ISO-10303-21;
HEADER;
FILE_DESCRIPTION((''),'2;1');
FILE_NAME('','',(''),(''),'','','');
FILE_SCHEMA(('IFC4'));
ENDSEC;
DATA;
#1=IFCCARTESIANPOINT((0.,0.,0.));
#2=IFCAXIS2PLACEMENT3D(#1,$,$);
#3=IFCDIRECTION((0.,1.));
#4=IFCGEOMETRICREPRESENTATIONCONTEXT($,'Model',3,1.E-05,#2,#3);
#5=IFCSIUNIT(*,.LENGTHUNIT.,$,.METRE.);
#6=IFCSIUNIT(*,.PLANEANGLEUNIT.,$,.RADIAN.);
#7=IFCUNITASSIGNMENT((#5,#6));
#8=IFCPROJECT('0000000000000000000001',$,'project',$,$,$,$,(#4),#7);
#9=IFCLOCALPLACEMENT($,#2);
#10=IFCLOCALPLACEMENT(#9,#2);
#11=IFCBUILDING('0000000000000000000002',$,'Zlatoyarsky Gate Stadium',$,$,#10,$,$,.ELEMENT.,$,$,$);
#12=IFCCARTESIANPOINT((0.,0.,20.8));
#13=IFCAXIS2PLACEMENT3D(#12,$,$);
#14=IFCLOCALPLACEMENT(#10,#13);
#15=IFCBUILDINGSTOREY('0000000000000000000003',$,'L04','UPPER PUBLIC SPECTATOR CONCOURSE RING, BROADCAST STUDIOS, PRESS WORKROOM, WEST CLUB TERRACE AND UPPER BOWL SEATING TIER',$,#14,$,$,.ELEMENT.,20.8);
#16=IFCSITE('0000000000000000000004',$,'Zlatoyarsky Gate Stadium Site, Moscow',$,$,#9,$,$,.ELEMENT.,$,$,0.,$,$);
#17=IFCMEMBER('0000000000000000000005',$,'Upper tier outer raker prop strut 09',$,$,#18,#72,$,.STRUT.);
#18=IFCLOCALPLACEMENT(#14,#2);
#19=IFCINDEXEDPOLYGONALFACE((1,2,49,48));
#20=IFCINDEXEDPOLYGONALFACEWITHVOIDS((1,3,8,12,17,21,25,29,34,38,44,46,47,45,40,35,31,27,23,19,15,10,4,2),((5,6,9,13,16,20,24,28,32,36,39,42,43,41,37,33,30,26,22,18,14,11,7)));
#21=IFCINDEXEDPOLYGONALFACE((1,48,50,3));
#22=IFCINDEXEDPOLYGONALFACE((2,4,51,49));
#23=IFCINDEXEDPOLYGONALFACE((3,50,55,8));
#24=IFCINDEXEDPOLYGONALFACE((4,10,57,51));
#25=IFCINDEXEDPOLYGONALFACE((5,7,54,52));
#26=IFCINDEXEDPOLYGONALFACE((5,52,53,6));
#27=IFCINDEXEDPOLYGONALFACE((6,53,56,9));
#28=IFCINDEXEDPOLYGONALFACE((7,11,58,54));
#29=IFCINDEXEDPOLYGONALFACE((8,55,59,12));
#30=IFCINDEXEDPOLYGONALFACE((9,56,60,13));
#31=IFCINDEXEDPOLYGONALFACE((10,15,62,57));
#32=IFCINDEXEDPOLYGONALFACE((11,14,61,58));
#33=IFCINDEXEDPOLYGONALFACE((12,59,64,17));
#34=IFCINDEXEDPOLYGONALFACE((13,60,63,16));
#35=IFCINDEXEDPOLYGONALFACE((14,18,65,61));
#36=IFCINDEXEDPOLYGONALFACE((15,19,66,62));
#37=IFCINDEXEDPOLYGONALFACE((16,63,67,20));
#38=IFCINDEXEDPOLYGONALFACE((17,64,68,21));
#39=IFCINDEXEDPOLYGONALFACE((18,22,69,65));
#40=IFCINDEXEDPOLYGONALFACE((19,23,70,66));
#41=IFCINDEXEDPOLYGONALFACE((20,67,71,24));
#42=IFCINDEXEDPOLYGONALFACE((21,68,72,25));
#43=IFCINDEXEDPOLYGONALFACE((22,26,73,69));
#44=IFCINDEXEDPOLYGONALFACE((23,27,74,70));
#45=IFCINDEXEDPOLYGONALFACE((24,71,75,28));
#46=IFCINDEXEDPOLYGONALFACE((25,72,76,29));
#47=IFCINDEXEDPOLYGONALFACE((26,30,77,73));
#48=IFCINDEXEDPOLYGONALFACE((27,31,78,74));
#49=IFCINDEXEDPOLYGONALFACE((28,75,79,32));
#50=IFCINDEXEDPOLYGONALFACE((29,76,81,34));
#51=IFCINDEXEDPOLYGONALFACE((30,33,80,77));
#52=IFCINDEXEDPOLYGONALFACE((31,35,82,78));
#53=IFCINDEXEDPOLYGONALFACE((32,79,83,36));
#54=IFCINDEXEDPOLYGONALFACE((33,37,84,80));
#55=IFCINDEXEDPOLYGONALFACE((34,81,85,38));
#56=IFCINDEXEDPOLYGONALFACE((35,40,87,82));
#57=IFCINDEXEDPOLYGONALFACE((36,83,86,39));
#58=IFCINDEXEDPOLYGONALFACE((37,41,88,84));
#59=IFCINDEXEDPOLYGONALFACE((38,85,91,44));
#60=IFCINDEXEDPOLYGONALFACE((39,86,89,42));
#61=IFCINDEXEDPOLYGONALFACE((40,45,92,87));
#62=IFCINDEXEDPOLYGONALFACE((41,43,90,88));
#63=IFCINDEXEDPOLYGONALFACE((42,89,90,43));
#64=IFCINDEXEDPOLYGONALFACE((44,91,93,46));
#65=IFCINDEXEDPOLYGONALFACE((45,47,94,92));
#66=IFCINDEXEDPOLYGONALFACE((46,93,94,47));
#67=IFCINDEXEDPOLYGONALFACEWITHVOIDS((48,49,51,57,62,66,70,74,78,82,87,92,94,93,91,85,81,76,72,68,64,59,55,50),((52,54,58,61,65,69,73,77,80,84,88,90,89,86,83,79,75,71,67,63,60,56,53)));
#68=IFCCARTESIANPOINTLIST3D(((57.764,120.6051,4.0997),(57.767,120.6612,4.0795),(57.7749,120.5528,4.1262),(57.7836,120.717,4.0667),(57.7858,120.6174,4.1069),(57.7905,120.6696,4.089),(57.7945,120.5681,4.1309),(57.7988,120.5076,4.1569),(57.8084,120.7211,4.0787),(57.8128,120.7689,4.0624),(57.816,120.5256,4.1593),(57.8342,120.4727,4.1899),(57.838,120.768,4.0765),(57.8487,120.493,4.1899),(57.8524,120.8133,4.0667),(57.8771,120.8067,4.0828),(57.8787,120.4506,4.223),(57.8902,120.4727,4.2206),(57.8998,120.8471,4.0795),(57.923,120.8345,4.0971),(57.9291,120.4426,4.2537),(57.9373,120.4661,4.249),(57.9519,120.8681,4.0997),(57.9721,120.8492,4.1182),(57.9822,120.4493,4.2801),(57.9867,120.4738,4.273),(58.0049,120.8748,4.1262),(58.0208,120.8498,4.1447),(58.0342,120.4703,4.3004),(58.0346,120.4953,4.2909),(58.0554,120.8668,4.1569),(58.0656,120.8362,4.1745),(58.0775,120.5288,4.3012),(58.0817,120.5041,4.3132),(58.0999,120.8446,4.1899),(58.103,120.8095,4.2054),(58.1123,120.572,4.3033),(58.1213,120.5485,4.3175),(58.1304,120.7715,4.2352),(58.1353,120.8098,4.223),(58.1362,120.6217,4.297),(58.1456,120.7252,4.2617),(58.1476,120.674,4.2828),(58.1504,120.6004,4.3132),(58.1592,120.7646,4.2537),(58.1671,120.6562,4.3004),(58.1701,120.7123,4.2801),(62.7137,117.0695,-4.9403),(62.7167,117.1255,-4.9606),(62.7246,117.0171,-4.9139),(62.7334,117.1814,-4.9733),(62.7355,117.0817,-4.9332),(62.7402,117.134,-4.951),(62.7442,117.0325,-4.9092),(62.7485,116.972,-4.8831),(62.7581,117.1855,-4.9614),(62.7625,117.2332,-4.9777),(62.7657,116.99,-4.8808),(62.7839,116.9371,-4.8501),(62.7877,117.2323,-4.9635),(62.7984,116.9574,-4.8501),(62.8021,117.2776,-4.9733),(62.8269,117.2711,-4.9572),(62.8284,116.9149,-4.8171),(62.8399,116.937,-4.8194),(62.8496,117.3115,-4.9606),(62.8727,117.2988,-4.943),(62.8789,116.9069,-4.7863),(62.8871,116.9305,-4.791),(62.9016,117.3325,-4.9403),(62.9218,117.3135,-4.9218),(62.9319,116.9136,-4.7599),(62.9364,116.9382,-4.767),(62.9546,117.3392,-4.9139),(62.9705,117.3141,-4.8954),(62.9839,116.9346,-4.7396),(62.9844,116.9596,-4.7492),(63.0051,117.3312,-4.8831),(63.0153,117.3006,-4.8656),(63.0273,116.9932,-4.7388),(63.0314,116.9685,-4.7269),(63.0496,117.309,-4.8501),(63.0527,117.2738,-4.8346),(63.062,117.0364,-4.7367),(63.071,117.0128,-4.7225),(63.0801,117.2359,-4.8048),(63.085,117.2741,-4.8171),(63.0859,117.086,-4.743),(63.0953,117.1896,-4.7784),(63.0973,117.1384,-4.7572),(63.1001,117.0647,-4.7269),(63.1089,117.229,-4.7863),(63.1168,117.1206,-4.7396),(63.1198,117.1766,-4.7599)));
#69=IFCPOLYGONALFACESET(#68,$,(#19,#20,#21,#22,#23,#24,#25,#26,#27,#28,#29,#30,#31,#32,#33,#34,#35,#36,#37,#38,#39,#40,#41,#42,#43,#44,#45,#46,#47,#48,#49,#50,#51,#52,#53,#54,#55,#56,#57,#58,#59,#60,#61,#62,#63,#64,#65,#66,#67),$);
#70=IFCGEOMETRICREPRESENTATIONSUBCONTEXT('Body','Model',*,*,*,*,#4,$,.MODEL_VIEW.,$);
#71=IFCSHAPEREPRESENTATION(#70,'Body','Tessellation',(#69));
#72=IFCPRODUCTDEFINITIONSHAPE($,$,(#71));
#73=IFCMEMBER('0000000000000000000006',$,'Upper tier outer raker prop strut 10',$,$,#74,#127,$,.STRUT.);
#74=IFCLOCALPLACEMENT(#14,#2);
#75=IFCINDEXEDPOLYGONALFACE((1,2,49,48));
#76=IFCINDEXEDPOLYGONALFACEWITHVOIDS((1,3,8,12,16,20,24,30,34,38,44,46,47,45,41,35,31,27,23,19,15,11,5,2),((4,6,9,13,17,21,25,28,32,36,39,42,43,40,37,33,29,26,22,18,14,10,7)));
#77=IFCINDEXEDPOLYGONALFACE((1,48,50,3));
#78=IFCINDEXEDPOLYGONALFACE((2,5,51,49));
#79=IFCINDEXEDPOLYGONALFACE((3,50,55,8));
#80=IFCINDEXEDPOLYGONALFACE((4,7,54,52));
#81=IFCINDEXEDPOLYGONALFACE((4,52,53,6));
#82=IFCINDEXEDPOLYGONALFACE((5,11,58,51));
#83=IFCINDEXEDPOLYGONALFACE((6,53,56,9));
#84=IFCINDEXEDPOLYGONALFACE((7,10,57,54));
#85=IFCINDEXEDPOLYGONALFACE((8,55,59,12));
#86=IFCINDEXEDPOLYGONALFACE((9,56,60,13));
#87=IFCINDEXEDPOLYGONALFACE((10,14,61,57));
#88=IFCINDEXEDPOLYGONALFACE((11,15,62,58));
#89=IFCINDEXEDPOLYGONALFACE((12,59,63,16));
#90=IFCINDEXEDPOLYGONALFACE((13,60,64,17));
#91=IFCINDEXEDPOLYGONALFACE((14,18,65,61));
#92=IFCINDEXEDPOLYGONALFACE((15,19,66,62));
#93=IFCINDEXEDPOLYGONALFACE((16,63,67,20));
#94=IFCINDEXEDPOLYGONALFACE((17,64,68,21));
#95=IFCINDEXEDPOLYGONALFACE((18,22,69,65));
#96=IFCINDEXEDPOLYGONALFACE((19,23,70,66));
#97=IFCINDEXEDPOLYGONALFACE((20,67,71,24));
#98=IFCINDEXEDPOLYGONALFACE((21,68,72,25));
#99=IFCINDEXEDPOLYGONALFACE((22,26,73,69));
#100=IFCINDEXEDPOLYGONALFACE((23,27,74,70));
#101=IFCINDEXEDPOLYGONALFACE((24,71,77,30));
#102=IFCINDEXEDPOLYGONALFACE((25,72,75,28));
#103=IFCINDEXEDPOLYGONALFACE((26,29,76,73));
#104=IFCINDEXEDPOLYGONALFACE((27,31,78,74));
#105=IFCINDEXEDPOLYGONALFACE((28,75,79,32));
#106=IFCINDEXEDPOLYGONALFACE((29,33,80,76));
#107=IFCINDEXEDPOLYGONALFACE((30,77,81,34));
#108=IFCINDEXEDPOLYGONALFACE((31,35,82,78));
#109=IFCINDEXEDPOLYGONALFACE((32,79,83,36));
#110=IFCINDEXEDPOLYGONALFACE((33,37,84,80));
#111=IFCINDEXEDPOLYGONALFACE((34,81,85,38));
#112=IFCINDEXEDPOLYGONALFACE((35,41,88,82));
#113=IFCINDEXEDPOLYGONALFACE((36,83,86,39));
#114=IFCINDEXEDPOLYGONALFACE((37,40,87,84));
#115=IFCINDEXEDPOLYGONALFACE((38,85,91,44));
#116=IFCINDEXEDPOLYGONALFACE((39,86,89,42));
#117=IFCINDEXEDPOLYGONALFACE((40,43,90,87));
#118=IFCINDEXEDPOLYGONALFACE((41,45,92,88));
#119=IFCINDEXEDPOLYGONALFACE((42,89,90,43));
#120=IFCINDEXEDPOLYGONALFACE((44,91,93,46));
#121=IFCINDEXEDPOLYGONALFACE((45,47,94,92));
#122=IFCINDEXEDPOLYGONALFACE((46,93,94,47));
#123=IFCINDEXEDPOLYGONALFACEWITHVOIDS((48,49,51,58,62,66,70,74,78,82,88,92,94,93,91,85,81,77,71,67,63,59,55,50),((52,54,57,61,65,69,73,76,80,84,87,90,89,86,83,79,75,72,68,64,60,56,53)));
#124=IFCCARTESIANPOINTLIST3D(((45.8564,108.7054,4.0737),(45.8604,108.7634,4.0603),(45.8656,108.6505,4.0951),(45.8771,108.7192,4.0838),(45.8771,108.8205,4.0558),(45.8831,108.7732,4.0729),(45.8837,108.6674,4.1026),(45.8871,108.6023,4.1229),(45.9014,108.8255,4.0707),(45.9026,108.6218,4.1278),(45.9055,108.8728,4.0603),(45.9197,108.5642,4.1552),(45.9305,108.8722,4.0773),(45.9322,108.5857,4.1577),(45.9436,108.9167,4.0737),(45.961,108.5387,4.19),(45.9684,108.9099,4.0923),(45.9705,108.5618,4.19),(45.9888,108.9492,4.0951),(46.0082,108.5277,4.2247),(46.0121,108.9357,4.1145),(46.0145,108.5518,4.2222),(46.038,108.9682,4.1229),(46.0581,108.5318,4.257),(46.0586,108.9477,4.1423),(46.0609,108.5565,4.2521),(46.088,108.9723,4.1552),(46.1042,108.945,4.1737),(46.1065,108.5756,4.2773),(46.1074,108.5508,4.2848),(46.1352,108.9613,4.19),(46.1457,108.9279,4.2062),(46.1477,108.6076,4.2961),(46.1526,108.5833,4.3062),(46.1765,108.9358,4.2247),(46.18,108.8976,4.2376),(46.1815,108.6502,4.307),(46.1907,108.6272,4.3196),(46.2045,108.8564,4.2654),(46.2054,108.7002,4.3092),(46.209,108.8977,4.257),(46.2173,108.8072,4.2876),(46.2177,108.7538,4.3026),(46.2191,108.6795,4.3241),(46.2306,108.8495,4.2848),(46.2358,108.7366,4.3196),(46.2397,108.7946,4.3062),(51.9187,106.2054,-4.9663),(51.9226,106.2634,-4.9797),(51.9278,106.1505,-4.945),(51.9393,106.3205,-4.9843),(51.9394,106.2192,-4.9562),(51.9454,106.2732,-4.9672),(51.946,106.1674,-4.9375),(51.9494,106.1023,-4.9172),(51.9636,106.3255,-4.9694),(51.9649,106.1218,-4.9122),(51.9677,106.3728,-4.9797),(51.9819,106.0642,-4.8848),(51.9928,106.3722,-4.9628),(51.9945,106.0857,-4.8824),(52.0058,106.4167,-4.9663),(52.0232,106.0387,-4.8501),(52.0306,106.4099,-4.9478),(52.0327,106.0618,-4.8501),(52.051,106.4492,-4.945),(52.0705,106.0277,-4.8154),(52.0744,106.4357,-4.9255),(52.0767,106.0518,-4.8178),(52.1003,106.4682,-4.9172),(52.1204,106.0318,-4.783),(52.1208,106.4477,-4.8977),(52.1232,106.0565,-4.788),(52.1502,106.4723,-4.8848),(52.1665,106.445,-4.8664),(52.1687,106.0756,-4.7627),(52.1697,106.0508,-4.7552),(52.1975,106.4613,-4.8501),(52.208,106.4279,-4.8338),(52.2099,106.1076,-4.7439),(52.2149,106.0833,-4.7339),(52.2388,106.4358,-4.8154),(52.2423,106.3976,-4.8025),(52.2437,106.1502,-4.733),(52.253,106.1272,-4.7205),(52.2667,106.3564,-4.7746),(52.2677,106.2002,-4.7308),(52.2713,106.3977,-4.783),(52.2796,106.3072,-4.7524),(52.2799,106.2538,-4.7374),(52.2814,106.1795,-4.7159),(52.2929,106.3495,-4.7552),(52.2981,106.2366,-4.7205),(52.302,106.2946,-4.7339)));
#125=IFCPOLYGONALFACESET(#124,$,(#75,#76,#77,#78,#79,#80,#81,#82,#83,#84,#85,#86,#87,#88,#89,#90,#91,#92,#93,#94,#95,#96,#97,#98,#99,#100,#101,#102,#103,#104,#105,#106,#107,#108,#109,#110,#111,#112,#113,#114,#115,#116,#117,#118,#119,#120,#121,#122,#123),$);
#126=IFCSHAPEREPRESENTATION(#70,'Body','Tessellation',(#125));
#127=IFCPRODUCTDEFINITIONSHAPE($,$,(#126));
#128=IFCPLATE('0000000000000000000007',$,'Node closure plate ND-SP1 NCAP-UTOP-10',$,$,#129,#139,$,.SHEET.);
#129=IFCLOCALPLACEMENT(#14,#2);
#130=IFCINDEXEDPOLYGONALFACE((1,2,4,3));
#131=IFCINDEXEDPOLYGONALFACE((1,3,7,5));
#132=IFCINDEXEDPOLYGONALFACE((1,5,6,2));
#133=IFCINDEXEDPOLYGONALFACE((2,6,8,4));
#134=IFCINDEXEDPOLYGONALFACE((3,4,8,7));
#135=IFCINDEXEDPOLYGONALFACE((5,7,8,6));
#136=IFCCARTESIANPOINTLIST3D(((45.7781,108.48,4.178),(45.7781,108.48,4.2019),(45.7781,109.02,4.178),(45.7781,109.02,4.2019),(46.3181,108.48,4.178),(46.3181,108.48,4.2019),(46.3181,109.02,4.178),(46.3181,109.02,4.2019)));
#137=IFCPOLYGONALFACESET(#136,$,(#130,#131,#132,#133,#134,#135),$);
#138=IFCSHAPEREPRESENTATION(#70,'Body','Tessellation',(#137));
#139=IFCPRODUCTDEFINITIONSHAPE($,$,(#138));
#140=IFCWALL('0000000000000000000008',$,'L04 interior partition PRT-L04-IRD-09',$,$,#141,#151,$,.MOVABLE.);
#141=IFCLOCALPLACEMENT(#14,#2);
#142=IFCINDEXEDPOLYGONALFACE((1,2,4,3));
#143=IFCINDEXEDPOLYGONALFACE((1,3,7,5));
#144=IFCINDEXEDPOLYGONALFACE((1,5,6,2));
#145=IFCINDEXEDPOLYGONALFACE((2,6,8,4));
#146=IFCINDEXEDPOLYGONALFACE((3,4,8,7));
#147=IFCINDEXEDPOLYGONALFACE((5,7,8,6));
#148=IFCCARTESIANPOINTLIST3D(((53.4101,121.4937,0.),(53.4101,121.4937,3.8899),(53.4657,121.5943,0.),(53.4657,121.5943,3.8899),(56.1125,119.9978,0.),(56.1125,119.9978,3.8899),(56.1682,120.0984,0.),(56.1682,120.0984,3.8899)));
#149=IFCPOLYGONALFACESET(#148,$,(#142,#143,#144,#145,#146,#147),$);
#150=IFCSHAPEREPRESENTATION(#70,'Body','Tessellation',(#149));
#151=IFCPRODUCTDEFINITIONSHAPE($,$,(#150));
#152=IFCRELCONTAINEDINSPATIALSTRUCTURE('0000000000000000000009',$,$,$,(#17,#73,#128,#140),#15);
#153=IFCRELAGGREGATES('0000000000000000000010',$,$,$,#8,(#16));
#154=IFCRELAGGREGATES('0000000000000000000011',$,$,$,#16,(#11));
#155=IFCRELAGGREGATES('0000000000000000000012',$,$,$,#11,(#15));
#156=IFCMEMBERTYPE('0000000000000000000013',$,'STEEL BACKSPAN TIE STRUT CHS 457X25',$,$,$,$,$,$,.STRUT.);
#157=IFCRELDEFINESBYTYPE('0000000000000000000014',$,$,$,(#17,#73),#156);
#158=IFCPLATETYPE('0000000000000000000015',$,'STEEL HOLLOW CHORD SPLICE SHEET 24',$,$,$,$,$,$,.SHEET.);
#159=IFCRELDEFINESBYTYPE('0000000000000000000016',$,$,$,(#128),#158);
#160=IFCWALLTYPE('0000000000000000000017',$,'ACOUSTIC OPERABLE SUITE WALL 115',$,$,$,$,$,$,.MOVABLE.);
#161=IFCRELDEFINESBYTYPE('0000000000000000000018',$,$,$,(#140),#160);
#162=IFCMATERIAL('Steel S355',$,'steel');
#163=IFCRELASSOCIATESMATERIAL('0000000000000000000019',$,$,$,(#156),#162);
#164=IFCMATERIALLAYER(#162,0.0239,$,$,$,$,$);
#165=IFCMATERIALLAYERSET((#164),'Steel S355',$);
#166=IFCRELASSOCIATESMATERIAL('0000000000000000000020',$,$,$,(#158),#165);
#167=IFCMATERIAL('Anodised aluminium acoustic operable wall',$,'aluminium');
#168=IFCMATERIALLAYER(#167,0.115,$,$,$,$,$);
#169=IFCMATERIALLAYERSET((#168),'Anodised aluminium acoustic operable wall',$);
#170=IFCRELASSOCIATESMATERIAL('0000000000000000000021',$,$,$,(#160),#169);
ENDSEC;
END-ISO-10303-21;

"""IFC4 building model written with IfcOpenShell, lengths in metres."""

from ifc_helpers import new_model, si_unit, direction, frame, frame_2d, origin, origin_2d, place, context, subcontext, project, spatial, rectangle, hollow_circle, extrude, material, layer, layer_set, material_profile, profile_set, type_object, element, save


model = new_model("IFC4")

# Units and contexts
model_context = context("Model", 3, precision=1e-05, world=origin(), true_north=direction((0.0, 1.0)))
body_context = subcontext(model_context, "Body", "Model", "MODEL_VIEW")
ifc_project = project(units=[si_unit("LENGTHUNIT", "METRE"), si_unit("PLANEANGLEUNIT", "RADIAN")], contexts=[model_context])

# Site, building, storey
site_placement = place(None, origin())
site = spatial("IfcSite", under=ifc_project, at=site_placement, Name="Zlatoyarsky Gate Stadium Site, Moscow", CompositionType="ELEMENT", RefElevation=0.0)
building_placement = place(site_placement, origin())
building = spatial("IfcBuilding", under=site, at=building_placement, Name="Zlatoyarsky Gate Stadium", CompositionType="ELEMENT")
storey_placement = place(building_placement, frame((0.0, 0.0, 20.8)))
storey = spatial("IfcBuildingStorey", under=building, at=storey_placement, Name="L04", Description="UPPER PUBLIC SPECTATOR CONCOURSE RING, BROADCAST STUDIOS, PRESS WORKROOM, WEST CLUB TERRACE AND UPPER BOWL SEATING TIER", CompositionType="ELEMENT", Elevation=20.8)

# Members
ifc_material_1 = material(Name="Steel S355", Category="steel")
ifc_material_profile_1 = material_profile(ifc_material_1, hollow_circle(Radius=0.2285, WallThickness=0.0249, at=origin_2d()), Name="CHS 457X25")
ifc_profile_set_1 = profile_set([ifc_material_profile_1], Name="Steel S355")
member_type = type_object("IfcMemberType", Name="STEEL BACKSPAN TIE STRUT CHS 457X25", PredefinedType="STRUT", material=ifc_profile_set_1)
member_1_placement = place(storey_placement, frame((62.9167, 117.123, -4.8501), z_axis=(-0.454269, 0.32449, 0.829666), x_axis=(-0.581253, -0.813723, 0.0)))
element("IfcMember", 1, at=member_1_placement, inside=storey, type_object=member_type, Name="Upper tier outer raker prop strut 09", PredefinedType="STRUT", context=body_context, shape_type="SweptSolid", body=[
    extrude(hollow_circle(Radius=0.2285, WallThickness=0.0249, at=origin_2d()), origin(), (0.0, 0.0, 1.0), 10.896),
])
member_2_placement = place(storey_placement, frame((52.1104, 106.25, -4.8501), z_axis=(-0.542826, 0.223855, 0.809462), x_axis=(-0.381242, -0.924475, 0.0)))
element("IfcMember", 2, at=member_2_placement, inside=storey, type_object=member_type, Name="Upper tier outer raker prop strut 10", PredefinedType="STRUT", context=body_context, shape_type="SweptSolid", body=[
    extrude(hollow_circle(Radius=0.2285, WallThickness=0.0249, at=origin_2d()), origin(), (0.0, 0.0, 1.0), 11.168),
])

# Plate
ifc_layer_1 = layer(ifc_material_1, 0.0239)
ifc_layer_set_1 = layer_set([ifc_layer_1], Name="Steel S355")
plate_type = type_object("IfcPlateType", Name="STEEL HOLLOW CHORD SPLICE SHEET 24", PredefinedType="SHEET", material=ifc_layer_set_1)
plate_placement = place(storey_placement, frame((46.0481, 108.75, 4.178), z_axis=(0.0, 0.0, 1.0), x_axis=(1.0, 0.0, 0.0)))
element("IfcPlate", 3, at=plate_placement, inside=storey, type_object=plate_type, Name="Node closure plate ND-SP1 NCAP-UTOP-10", PredefinedType="SHEET", context=body_context, shape_type="SweptSolid", body=[
    extrude(rectangle(XDim=0.54, YDim=0.54, at=origin_2d()), origin(), (0.0, 0.0, 1.0), 0.0239),
])

# Wall
ifc_material_2 = material(Name="Anodised aluminium acoustic operable wall", Category="aluminium")
ifc_layer_2 = layer(ifc_material_2, 0.115)
ifc_layer_set_2 = layer_set([ifc_layer_2], Name="Anodised aluminium acoustic operable wall")
wall_type = type_object("IfcWallType", Name="ACOUSTIC OPERABLE SUITE WALL 115", PredefinedType="MOVABLE", material=ifc_layer_set_2)
wall_placement = place(storey_placement, frame((56.1404, 120.0481, 0.0), z_axis=(0.0, 0.0, 1.0), x_axis=(-0.874909, 0.484287, 0.0)))
element("IfcWall", 4, at=wall_placement, inside=storey, type_object=wall_type, Name="L04 interior partition PRT-L04-IRD-09", PredefinedType="MOVABLE", context=body_context, shape_type="SweptSolid", body=[
    extrude(rectangle(XDim=3.0889, YDim=0.115, at=frame_2d((1.5444, 0.0))), origin(), (0.0, 0.0, 1.0), 3.8899),
])

save(model, "model.ifc")
